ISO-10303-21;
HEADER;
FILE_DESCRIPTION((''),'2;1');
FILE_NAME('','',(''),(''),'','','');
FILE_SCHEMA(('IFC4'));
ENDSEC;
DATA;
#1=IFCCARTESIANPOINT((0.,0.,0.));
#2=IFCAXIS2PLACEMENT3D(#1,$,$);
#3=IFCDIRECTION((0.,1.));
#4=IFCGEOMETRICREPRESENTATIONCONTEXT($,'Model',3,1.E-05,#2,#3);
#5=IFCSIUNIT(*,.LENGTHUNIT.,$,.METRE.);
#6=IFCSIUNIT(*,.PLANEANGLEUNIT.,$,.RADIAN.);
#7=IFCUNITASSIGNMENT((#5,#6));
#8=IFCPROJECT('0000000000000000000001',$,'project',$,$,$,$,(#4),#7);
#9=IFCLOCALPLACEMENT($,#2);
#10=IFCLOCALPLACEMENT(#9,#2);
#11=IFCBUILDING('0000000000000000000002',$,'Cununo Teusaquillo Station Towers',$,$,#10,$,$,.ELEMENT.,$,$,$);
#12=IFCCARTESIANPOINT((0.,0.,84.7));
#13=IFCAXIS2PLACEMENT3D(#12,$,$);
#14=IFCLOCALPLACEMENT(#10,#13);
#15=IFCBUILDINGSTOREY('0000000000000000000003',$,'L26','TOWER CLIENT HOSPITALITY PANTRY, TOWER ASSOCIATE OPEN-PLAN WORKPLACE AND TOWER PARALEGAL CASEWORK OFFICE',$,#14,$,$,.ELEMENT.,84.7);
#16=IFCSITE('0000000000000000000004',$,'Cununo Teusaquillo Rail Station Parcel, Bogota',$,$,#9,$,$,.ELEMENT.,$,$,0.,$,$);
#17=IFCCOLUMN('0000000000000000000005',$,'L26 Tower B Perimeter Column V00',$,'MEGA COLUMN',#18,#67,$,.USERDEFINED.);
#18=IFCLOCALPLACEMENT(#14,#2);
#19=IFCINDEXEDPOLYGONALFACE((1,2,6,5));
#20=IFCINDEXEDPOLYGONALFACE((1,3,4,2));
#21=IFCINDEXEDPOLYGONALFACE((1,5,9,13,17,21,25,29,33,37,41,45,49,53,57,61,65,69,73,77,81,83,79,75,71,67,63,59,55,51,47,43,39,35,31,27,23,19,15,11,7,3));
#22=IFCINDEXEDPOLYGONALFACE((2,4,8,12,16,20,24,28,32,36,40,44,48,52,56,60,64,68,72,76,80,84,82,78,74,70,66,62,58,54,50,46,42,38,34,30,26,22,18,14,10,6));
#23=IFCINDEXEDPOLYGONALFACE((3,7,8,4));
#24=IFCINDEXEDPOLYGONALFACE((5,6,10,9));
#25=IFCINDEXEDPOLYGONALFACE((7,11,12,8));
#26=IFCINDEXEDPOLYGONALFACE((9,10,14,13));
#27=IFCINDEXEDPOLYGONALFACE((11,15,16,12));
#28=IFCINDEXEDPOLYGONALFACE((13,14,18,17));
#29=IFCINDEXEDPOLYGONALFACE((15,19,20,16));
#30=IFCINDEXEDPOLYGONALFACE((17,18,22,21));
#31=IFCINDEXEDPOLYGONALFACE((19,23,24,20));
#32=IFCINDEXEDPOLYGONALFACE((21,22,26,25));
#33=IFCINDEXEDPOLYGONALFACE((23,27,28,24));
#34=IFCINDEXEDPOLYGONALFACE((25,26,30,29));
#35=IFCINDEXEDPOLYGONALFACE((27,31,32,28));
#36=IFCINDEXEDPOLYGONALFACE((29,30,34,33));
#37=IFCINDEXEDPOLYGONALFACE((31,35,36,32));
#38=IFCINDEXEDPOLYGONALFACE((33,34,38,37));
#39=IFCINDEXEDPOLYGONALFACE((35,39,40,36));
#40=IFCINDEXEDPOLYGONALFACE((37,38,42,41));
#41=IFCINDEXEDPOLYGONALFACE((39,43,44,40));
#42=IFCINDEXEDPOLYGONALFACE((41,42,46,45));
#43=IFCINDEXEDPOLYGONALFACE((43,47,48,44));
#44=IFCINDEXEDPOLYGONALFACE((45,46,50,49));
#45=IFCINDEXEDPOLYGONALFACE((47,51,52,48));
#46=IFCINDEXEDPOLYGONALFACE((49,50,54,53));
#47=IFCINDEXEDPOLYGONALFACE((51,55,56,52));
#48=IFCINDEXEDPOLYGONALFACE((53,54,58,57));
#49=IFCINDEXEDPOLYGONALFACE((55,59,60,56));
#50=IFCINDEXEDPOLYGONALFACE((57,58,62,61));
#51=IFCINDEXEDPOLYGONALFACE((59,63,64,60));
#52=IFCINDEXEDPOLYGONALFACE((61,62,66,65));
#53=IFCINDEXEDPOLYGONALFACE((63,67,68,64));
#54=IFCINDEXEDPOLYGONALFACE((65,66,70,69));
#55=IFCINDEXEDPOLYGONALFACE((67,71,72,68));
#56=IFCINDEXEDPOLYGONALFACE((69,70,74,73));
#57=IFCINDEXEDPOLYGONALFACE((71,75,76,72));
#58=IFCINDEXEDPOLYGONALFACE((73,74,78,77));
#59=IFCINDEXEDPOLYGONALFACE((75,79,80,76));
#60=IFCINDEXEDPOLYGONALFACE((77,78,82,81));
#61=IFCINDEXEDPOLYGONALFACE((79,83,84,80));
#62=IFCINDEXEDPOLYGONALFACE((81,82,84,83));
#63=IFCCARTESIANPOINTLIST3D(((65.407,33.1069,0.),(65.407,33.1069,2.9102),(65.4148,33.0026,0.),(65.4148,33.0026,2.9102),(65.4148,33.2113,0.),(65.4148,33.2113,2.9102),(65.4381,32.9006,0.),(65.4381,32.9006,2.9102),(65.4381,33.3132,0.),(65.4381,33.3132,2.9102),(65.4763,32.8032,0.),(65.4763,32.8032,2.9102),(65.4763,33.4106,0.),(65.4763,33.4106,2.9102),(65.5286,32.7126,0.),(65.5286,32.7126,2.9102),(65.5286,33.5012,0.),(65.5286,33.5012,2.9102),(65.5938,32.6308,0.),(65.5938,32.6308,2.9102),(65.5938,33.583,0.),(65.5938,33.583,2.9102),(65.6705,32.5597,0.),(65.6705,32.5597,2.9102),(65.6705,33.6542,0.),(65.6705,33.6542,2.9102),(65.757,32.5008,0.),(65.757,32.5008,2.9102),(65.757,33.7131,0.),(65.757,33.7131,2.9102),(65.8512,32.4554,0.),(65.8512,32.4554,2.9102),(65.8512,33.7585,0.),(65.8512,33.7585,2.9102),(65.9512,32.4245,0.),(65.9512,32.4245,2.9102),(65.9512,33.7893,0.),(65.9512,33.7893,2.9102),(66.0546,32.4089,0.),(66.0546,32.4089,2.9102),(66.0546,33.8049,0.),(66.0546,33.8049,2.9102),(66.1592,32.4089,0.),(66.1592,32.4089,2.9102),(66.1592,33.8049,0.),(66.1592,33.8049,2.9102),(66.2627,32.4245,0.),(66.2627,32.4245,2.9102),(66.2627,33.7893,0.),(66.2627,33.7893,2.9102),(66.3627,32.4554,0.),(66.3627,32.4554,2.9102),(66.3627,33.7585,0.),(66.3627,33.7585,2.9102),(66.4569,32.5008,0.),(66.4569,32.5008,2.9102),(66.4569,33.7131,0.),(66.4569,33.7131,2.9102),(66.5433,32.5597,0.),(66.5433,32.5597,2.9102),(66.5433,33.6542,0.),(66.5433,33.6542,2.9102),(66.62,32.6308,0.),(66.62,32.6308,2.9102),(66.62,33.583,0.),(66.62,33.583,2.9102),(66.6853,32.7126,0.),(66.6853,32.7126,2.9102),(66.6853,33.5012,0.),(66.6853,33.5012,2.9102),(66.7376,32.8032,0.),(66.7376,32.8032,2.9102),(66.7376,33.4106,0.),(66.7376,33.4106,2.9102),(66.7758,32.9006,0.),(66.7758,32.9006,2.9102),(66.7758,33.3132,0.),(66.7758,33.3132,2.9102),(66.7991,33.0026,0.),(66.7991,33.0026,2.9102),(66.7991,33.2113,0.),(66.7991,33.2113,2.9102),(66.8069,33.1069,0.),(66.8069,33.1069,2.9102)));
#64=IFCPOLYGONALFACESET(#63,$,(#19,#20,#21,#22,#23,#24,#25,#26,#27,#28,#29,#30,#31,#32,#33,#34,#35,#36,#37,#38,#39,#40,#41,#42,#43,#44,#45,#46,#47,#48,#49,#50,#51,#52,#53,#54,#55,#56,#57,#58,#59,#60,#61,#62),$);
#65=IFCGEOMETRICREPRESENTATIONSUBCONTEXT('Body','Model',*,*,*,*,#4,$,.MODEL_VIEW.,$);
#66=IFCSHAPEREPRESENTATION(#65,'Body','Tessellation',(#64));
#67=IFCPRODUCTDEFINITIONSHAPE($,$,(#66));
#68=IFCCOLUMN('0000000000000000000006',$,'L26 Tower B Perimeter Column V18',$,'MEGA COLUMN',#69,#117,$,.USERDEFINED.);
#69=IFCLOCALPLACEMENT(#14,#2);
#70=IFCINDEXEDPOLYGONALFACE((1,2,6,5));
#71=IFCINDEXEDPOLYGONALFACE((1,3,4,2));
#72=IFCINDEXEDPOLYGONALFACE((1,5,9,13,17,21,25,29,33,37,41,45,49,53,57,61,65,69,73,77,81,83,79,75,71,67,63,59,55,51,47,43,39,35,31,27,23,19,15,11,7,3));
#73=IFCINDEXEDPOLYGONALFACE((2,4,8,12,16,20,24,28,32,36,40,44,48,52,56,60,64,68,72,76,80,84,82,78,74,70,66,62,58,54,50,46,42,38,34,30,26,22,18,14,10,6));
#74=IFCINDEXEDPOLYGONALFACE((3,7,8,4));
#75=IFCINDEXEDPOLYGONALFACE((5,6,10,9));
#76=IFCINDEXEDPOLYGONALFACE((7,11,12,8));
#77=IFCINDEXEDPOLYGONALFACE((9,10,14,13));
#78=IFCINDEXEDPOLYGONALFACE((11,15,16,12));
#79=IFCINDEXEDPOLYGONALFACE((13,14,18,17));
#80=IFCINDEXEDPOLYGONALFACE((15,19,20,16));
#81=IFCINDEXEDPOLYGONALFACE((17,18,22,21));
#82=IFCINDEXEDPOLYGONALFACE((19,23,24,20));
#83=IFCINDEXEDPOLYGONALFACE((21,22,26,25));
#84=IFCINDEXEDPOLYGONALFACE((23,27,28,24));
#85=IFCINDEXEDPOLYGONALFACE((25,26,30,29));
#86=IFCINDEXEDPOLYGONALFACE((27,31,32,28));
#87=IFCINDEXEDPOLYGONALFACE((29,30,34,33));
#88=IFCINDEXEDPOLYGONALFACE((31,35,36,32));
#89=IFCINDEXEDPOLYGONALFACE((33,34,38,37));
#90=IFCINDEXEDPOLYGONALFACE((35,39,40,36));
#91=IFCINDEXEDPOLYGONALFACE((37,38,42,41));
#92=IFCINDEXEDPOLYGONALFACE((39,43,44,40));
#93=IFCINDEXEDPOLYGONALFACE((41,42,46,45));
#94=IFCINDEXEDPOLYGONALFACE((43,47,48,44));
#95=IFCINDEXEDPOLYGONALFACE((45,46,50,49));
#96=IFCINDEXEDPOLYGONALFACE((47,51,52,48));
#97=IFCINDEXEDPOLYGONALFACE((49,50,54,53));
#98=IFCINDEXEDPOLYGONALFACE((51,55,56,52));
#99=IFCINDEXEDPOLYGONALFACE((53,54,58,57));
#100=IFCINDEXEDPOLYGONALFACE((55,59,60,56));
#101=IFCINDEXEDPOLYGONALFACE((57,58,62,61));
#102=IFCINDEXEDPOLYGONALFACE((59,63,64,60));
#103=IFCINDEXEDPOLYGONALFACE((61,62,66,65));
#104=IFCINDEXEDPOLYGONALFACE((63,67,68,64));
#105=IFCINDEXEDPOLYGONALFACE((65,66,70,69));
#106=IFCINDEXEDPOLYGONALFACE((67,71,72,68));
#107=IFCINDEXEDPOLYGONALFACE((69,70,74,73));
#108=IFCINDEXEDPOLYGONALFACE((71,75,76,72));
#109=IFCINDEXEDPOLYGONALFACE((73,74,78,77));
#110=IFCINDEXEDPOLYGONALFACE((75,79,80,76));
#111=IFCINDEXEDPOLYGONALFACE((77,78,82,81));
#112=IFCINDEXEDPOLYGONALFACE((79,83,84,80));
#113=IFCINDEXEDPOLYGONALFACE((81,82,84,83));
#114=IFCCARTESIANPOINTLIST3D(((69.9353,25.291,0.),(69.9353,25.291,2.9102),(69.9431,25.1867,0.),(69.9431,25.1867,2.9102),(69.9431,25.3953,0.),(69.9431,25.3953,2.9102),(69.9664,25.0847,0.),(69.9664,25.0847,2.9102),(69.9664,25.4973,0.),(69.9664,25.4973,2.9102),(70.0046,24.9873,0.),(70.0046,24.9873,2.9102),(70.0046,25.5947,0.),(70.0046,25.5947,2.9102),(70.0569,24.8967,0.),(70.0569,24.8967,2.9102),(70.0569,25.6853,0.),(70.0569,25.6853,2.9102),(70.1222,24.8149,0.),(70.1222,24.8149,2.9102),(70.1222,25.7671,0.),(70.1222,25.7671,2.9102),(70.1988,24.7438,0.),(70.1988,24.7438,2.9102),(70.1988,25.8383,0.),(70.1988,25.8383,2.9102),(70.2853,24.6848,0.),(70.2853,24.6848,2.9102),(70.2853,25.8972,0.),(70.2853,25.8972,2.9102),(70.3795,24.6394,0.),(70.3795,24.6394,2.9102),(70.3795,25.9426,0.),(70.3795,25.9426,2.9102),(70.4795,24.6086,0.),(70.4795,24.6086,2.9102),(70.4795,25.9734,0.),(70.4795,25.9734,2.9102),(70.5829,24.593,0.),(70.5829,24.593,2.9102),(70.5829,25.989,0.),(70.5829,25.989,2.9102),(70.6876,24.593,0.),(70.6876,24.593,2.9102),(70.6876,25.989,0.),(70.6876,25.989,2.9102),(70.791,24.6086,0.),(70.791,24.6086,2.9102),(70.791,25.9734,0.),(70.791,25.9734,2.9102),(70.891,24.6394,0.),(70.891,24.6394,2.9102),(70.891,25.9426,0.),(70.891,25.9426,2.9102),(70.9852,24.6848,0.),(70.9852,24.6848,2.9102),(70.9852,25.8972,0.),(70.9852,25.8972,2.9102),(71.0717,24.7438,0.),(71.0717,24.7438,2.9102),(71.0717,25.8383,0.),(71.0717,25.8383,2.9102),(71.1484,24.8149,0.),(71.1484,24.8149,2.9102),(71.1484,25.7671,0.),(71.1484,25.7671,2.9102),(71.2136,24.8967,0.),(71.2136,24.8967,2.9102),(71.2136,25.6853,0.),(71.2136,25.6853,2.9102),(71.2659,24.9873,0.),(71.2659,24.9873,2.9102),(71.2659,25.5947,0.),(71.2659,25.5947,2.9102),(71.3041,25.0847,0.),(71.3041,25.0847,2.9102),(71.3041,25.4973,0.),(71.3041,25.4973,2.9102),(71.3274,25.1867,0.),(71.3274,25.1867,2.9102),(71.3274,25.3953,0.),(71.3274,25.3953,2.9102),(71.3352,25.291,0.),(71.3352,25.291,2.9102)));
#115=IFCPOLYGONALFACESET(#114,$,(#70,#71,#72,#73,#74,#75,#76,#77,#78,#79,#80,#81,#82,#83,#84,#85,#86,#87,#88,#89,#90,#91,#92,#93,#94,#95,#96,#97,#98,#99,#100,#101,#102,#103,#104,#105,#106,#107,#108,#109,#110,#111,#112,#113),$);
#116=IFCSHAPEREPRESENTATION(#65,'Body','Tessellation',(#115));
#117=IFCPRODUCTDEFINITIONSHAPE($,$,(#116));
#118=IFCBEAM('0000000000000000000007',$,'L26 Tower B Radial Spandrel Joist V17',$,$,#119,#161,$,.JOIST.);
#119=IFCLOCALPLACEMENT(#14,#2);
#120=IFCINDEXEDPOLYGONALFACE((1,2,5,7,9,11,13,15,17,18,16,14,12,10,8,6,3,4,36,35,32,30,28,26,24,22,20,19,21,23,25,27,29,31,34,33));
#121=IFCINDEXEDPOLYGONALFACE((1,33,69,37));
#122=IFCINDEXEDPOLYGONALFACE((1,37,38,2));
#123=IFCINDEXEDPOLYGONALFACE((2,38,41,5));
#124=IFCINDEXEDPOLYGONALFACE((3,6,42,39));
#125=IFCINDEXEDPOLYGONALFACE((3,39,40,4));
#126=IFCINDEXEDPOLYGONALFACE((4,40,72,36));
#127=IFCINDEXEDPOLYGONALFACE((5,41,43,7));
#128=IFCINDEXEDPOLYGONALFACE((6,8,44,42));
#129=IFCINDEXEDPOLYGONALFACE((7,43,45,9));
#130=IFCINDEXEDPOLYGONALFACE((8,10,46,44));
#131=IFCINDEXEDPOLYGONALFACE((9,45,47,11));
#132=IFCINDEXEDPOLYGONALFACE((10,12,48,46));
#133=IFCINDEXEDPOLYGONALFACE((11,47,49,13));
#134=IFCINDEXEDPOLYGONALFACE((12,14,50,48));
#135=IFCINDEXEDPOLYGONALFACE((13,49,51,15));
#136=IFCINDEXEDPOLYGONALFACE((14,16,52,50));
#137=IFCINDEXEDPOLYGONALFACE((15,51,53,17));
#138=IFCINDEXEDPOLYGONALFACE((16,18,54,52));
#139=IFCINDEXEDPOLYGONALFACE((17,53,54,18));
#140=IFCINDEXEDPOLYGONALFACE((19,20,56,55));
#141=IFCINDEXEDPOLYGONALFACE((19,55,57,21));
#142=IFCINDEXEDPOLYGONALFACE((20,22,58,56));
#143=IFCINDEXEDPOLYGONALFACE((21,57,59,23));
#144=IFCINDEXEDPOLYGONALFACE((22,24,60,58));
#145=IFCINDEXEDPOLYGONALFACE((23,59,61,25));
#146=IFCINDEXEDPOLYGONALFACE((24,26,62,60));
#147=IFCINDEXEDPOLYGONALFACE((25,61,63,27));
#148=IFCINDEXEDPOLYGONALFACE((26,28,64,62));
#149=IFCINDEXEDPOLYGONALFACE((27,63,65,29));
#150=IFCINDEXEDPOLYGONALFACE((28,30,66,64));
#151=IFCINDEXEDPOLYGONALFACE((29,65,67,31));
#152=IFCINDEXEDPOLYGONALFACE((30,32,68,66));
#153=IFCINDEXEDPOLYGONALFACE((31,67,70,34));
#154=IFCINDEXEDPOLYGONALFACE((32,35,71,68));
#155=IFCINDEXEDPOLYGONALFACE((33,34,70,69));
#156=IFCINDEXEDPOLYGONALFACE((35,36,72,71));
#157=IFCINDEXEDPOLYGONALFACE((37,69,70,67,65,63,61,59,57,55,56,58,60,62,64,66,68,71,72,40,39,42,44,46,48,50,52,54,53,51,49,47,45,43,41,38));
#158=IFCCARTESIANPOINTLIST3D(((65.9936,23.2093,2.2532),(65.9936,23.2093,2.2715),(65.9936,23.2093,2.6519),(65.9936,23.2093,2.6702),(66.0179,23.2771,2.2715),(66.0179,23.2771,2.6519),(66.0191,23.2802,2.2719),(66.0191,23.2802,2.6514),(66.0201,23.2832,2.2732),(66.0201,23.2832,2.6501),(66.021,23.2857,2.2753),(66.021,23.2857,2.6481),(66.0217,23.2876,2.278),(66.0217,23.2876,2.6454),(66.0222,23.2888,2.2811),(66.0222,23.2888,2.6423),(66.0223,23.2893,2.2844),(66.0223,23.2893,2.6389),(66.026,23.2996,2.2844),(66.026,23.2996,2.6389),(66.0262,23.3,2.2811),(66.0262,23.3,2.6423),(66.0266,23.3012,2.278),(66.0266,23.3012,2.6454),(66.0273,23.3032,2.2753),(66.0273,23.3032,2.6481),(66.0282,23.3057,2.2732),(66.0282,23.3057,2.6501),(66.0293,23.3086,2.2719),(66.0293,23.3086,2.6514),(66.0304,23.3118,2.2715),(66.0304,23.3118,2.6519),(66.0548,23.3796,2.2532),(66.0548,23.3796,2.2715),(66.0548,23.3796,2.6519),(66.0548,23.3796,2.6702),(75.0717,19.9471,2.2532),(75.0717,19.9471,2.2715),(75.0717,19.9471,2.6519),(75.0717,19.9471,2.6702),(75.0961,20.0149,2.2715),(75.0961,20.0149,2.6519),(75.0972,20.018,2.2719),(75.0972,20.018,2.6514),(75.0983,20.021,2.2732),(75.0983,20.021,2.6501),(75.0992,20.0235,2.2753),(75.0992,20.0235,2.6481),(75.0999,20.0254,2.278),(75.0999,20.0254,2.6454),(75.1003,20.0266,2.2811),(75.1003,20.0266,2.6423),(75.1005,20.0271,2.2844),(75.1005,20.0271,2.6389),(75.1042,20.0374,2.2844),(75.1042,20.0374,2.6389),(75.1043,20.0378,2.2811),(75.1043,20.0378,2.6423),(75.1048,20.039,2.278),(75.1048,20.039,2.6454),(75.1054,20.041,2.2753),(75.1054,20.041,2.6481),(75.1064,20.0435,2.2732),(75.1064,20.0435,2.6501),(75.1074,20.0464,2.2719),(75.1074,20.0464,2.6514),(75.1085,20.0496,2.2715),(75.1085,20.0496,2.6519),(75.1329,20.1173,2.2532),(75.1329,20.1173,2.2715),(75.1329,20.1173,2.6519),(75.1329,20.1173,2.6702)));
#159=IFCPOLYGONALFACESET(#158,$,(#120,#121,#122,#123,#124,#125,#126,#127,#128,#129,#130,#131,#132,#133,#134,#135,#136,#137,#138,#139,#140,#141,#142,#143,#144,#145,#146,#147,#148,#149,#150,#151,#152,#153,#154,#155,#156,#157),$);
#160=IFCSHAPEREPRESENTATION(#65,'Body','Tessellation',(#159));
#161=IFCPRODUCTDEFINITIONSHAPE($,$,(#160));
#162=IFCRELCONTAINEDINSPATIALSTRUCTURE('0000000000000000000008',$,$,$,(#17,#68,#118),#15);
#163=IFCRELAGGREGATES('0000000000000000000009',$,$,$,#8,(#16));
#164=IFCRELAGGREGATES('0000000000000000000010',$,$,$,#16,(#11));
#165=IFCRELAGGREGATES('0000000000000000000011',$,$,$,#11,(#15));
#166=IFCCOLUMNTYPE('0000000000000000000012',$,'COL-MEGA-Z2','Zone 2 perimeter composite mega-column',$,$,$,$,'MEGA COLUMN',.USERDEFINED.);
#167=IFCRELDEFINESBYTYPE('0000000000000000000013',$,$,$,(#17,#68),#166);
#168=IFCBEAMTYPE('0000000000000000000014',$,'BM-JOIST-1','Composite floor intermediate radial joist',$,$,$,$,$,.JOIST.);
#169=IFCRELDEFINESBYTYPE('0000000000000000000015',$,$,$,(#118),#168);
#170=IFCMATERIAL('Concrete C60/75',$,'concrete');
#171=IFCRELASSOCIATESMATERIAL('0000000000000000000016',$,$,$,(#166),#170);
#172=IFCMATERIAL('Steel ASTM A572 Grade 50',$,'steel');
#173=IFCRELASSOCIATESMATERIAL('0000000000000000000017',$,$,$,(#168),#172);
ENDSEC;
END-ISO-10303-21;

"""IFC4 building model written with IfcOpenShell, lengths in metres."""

from ifc_helpers import new_model, si_unit, direction, frame, origin, origin_2d, place, context, subcontext, project, spatial, circle, i_section, extrude, material, material_profile, profile_set, type_object, element, save


model = new_model("IFC4")

# Units and contexts
model_context = context("Model", 3, precision=1e-05, world=origin(), true_north=direction((0.0, 1.0)))
body_context = subcontext(model_context, "Body", "Model", "MODEL_VIEW")
ifc_project = project(units=[si_unit("LENGTHUNIT", "METRE"), si_unit("PLANEANGLEUNIT", "RADIAN")], contexts=[model_context])

# Site, building, storey
site_placement = place(None, origin())
site = spatial("IfcSite", under=ifc_project, at=site_placement, Name="Cununo Teusaquillo Rail Station Parcel, Bogota", CompositionType="ELEMENT", RefElevation=0.0)
building_placement = place(site_placement, origin())
building = spatial("IfcBuilding", under=site, at=building_placement, Name="Cununo Teusaquillo Station Towers", CompositionType="ELEMENT")
storey_placement = place(building_placement, frame((0.0, 0.0, 84.7)))
storey = spatial("IfcBuildingStorey", under=building, at=storey_placement, Name="L26", Description="TOWER CLIENT HOSPITALITY PANTRY, TOWER ASSOCIATE OPEN-PLAN WORKPLACE AND TOWER PARALEGAL CASEWORK OFFICE", CompositionType="ELEMENT", Elevation=84.7)

# Columns
ifc_material_1 = material(Name="Concrete C60/75", Category="concrete")
ifc_material_profile_1 = material_profile(ifc_material_1, circle(Radius=0.7, at=origin_2d()), Name="RC-CIRC-1400")
ifc_profile_set_1 = profile_set([ifc_material_profile_1], Name="Concrete C60/75")
column_type = type_object("IfcColumnType", Name="COL-MEGA-Z2", Description="Zone 2 perimeter composite mega-column", ElementType="MEGA COLUMN", PredefinedType="USERDEFINED", material=ifc_profile_set_1)
for number, where, z_axis, x_axis, name in (
    (1, (66.1069, 33.1069, 0.0), (0.0, 0.0, 1.0), (1.0, 0.0, 0.0), "L26 Tower B Perimeter Column V00"),
    (2, (70.6353, 25.291, 0.0), (0.0, 0.0, 1.0), (1.0, 0.0, 0.0), "L26 Tower B Perimeter Column V18"),
):
    element("IfcColumn", number, at=place(storey_placement, frame(where, z_axis=z_axis, x_axis=x_axis)), inside=storey, type_object=column_type, Name=name, ObjectType="MEGA COLUMN", PredefinedType="USERDEFINED", context=body_context, shape_type="SweptSolid", body=[
        extrude(circle(Radius=0.7, at=origin_2d()), origin(), (0.0, 0.0, 1.0), 2.9102),
    ])

# Beam
ifc_material_2 = material(Name="Steel ASTM A572 Grade 50", Category="steel")
ifc_material_profile_2 = material_profile(ifc_material_2, i_section(OverallWidth=0.1809, OverallDepth=0.417, WebThickness=0.011, FlangeThickness=0.0183, FilletRadius=0.0129, at=origin_2d()), Name="W16X57")
ifc_profile_set_2 = profile_set([ifc_material_profile_2], Name="Steel ASTM A572 Grade 50")
beam_type_1 = type_object("IfcBeamType", Name="BM-JOIST-1", Description="Composite floor intermediate radial joist", PredefinedType="JOIST", material=ifc_profile_set_2)
beam_1_placement = place(storey_placement, frame((66.0242, 23.2944, 2.4617), z_axis=(0.941083, -0.338176, 0.0), x_axis=(0.338176, 0.941083, 0.0)))
element("IfcBeam", 3, at=beam_1_placement, inside=storey, type_object=beam_type_1, Name="L26 Tower B Radial Spandrel Joist V17", PredefinedType="JOIST", context=body_context, shape_type="SweptSolid", body=[
    extrude(i_section(OverallWidth=0.1809, OverallDepth=0.417, WebThickness=0.011, FlangeThickness=0.0183, FilletRadius=0.0129, at=origin_2d()), origin(), (0.0, 0.0, 1.0), 9.6465),
])

save(model, "model.ifc")
